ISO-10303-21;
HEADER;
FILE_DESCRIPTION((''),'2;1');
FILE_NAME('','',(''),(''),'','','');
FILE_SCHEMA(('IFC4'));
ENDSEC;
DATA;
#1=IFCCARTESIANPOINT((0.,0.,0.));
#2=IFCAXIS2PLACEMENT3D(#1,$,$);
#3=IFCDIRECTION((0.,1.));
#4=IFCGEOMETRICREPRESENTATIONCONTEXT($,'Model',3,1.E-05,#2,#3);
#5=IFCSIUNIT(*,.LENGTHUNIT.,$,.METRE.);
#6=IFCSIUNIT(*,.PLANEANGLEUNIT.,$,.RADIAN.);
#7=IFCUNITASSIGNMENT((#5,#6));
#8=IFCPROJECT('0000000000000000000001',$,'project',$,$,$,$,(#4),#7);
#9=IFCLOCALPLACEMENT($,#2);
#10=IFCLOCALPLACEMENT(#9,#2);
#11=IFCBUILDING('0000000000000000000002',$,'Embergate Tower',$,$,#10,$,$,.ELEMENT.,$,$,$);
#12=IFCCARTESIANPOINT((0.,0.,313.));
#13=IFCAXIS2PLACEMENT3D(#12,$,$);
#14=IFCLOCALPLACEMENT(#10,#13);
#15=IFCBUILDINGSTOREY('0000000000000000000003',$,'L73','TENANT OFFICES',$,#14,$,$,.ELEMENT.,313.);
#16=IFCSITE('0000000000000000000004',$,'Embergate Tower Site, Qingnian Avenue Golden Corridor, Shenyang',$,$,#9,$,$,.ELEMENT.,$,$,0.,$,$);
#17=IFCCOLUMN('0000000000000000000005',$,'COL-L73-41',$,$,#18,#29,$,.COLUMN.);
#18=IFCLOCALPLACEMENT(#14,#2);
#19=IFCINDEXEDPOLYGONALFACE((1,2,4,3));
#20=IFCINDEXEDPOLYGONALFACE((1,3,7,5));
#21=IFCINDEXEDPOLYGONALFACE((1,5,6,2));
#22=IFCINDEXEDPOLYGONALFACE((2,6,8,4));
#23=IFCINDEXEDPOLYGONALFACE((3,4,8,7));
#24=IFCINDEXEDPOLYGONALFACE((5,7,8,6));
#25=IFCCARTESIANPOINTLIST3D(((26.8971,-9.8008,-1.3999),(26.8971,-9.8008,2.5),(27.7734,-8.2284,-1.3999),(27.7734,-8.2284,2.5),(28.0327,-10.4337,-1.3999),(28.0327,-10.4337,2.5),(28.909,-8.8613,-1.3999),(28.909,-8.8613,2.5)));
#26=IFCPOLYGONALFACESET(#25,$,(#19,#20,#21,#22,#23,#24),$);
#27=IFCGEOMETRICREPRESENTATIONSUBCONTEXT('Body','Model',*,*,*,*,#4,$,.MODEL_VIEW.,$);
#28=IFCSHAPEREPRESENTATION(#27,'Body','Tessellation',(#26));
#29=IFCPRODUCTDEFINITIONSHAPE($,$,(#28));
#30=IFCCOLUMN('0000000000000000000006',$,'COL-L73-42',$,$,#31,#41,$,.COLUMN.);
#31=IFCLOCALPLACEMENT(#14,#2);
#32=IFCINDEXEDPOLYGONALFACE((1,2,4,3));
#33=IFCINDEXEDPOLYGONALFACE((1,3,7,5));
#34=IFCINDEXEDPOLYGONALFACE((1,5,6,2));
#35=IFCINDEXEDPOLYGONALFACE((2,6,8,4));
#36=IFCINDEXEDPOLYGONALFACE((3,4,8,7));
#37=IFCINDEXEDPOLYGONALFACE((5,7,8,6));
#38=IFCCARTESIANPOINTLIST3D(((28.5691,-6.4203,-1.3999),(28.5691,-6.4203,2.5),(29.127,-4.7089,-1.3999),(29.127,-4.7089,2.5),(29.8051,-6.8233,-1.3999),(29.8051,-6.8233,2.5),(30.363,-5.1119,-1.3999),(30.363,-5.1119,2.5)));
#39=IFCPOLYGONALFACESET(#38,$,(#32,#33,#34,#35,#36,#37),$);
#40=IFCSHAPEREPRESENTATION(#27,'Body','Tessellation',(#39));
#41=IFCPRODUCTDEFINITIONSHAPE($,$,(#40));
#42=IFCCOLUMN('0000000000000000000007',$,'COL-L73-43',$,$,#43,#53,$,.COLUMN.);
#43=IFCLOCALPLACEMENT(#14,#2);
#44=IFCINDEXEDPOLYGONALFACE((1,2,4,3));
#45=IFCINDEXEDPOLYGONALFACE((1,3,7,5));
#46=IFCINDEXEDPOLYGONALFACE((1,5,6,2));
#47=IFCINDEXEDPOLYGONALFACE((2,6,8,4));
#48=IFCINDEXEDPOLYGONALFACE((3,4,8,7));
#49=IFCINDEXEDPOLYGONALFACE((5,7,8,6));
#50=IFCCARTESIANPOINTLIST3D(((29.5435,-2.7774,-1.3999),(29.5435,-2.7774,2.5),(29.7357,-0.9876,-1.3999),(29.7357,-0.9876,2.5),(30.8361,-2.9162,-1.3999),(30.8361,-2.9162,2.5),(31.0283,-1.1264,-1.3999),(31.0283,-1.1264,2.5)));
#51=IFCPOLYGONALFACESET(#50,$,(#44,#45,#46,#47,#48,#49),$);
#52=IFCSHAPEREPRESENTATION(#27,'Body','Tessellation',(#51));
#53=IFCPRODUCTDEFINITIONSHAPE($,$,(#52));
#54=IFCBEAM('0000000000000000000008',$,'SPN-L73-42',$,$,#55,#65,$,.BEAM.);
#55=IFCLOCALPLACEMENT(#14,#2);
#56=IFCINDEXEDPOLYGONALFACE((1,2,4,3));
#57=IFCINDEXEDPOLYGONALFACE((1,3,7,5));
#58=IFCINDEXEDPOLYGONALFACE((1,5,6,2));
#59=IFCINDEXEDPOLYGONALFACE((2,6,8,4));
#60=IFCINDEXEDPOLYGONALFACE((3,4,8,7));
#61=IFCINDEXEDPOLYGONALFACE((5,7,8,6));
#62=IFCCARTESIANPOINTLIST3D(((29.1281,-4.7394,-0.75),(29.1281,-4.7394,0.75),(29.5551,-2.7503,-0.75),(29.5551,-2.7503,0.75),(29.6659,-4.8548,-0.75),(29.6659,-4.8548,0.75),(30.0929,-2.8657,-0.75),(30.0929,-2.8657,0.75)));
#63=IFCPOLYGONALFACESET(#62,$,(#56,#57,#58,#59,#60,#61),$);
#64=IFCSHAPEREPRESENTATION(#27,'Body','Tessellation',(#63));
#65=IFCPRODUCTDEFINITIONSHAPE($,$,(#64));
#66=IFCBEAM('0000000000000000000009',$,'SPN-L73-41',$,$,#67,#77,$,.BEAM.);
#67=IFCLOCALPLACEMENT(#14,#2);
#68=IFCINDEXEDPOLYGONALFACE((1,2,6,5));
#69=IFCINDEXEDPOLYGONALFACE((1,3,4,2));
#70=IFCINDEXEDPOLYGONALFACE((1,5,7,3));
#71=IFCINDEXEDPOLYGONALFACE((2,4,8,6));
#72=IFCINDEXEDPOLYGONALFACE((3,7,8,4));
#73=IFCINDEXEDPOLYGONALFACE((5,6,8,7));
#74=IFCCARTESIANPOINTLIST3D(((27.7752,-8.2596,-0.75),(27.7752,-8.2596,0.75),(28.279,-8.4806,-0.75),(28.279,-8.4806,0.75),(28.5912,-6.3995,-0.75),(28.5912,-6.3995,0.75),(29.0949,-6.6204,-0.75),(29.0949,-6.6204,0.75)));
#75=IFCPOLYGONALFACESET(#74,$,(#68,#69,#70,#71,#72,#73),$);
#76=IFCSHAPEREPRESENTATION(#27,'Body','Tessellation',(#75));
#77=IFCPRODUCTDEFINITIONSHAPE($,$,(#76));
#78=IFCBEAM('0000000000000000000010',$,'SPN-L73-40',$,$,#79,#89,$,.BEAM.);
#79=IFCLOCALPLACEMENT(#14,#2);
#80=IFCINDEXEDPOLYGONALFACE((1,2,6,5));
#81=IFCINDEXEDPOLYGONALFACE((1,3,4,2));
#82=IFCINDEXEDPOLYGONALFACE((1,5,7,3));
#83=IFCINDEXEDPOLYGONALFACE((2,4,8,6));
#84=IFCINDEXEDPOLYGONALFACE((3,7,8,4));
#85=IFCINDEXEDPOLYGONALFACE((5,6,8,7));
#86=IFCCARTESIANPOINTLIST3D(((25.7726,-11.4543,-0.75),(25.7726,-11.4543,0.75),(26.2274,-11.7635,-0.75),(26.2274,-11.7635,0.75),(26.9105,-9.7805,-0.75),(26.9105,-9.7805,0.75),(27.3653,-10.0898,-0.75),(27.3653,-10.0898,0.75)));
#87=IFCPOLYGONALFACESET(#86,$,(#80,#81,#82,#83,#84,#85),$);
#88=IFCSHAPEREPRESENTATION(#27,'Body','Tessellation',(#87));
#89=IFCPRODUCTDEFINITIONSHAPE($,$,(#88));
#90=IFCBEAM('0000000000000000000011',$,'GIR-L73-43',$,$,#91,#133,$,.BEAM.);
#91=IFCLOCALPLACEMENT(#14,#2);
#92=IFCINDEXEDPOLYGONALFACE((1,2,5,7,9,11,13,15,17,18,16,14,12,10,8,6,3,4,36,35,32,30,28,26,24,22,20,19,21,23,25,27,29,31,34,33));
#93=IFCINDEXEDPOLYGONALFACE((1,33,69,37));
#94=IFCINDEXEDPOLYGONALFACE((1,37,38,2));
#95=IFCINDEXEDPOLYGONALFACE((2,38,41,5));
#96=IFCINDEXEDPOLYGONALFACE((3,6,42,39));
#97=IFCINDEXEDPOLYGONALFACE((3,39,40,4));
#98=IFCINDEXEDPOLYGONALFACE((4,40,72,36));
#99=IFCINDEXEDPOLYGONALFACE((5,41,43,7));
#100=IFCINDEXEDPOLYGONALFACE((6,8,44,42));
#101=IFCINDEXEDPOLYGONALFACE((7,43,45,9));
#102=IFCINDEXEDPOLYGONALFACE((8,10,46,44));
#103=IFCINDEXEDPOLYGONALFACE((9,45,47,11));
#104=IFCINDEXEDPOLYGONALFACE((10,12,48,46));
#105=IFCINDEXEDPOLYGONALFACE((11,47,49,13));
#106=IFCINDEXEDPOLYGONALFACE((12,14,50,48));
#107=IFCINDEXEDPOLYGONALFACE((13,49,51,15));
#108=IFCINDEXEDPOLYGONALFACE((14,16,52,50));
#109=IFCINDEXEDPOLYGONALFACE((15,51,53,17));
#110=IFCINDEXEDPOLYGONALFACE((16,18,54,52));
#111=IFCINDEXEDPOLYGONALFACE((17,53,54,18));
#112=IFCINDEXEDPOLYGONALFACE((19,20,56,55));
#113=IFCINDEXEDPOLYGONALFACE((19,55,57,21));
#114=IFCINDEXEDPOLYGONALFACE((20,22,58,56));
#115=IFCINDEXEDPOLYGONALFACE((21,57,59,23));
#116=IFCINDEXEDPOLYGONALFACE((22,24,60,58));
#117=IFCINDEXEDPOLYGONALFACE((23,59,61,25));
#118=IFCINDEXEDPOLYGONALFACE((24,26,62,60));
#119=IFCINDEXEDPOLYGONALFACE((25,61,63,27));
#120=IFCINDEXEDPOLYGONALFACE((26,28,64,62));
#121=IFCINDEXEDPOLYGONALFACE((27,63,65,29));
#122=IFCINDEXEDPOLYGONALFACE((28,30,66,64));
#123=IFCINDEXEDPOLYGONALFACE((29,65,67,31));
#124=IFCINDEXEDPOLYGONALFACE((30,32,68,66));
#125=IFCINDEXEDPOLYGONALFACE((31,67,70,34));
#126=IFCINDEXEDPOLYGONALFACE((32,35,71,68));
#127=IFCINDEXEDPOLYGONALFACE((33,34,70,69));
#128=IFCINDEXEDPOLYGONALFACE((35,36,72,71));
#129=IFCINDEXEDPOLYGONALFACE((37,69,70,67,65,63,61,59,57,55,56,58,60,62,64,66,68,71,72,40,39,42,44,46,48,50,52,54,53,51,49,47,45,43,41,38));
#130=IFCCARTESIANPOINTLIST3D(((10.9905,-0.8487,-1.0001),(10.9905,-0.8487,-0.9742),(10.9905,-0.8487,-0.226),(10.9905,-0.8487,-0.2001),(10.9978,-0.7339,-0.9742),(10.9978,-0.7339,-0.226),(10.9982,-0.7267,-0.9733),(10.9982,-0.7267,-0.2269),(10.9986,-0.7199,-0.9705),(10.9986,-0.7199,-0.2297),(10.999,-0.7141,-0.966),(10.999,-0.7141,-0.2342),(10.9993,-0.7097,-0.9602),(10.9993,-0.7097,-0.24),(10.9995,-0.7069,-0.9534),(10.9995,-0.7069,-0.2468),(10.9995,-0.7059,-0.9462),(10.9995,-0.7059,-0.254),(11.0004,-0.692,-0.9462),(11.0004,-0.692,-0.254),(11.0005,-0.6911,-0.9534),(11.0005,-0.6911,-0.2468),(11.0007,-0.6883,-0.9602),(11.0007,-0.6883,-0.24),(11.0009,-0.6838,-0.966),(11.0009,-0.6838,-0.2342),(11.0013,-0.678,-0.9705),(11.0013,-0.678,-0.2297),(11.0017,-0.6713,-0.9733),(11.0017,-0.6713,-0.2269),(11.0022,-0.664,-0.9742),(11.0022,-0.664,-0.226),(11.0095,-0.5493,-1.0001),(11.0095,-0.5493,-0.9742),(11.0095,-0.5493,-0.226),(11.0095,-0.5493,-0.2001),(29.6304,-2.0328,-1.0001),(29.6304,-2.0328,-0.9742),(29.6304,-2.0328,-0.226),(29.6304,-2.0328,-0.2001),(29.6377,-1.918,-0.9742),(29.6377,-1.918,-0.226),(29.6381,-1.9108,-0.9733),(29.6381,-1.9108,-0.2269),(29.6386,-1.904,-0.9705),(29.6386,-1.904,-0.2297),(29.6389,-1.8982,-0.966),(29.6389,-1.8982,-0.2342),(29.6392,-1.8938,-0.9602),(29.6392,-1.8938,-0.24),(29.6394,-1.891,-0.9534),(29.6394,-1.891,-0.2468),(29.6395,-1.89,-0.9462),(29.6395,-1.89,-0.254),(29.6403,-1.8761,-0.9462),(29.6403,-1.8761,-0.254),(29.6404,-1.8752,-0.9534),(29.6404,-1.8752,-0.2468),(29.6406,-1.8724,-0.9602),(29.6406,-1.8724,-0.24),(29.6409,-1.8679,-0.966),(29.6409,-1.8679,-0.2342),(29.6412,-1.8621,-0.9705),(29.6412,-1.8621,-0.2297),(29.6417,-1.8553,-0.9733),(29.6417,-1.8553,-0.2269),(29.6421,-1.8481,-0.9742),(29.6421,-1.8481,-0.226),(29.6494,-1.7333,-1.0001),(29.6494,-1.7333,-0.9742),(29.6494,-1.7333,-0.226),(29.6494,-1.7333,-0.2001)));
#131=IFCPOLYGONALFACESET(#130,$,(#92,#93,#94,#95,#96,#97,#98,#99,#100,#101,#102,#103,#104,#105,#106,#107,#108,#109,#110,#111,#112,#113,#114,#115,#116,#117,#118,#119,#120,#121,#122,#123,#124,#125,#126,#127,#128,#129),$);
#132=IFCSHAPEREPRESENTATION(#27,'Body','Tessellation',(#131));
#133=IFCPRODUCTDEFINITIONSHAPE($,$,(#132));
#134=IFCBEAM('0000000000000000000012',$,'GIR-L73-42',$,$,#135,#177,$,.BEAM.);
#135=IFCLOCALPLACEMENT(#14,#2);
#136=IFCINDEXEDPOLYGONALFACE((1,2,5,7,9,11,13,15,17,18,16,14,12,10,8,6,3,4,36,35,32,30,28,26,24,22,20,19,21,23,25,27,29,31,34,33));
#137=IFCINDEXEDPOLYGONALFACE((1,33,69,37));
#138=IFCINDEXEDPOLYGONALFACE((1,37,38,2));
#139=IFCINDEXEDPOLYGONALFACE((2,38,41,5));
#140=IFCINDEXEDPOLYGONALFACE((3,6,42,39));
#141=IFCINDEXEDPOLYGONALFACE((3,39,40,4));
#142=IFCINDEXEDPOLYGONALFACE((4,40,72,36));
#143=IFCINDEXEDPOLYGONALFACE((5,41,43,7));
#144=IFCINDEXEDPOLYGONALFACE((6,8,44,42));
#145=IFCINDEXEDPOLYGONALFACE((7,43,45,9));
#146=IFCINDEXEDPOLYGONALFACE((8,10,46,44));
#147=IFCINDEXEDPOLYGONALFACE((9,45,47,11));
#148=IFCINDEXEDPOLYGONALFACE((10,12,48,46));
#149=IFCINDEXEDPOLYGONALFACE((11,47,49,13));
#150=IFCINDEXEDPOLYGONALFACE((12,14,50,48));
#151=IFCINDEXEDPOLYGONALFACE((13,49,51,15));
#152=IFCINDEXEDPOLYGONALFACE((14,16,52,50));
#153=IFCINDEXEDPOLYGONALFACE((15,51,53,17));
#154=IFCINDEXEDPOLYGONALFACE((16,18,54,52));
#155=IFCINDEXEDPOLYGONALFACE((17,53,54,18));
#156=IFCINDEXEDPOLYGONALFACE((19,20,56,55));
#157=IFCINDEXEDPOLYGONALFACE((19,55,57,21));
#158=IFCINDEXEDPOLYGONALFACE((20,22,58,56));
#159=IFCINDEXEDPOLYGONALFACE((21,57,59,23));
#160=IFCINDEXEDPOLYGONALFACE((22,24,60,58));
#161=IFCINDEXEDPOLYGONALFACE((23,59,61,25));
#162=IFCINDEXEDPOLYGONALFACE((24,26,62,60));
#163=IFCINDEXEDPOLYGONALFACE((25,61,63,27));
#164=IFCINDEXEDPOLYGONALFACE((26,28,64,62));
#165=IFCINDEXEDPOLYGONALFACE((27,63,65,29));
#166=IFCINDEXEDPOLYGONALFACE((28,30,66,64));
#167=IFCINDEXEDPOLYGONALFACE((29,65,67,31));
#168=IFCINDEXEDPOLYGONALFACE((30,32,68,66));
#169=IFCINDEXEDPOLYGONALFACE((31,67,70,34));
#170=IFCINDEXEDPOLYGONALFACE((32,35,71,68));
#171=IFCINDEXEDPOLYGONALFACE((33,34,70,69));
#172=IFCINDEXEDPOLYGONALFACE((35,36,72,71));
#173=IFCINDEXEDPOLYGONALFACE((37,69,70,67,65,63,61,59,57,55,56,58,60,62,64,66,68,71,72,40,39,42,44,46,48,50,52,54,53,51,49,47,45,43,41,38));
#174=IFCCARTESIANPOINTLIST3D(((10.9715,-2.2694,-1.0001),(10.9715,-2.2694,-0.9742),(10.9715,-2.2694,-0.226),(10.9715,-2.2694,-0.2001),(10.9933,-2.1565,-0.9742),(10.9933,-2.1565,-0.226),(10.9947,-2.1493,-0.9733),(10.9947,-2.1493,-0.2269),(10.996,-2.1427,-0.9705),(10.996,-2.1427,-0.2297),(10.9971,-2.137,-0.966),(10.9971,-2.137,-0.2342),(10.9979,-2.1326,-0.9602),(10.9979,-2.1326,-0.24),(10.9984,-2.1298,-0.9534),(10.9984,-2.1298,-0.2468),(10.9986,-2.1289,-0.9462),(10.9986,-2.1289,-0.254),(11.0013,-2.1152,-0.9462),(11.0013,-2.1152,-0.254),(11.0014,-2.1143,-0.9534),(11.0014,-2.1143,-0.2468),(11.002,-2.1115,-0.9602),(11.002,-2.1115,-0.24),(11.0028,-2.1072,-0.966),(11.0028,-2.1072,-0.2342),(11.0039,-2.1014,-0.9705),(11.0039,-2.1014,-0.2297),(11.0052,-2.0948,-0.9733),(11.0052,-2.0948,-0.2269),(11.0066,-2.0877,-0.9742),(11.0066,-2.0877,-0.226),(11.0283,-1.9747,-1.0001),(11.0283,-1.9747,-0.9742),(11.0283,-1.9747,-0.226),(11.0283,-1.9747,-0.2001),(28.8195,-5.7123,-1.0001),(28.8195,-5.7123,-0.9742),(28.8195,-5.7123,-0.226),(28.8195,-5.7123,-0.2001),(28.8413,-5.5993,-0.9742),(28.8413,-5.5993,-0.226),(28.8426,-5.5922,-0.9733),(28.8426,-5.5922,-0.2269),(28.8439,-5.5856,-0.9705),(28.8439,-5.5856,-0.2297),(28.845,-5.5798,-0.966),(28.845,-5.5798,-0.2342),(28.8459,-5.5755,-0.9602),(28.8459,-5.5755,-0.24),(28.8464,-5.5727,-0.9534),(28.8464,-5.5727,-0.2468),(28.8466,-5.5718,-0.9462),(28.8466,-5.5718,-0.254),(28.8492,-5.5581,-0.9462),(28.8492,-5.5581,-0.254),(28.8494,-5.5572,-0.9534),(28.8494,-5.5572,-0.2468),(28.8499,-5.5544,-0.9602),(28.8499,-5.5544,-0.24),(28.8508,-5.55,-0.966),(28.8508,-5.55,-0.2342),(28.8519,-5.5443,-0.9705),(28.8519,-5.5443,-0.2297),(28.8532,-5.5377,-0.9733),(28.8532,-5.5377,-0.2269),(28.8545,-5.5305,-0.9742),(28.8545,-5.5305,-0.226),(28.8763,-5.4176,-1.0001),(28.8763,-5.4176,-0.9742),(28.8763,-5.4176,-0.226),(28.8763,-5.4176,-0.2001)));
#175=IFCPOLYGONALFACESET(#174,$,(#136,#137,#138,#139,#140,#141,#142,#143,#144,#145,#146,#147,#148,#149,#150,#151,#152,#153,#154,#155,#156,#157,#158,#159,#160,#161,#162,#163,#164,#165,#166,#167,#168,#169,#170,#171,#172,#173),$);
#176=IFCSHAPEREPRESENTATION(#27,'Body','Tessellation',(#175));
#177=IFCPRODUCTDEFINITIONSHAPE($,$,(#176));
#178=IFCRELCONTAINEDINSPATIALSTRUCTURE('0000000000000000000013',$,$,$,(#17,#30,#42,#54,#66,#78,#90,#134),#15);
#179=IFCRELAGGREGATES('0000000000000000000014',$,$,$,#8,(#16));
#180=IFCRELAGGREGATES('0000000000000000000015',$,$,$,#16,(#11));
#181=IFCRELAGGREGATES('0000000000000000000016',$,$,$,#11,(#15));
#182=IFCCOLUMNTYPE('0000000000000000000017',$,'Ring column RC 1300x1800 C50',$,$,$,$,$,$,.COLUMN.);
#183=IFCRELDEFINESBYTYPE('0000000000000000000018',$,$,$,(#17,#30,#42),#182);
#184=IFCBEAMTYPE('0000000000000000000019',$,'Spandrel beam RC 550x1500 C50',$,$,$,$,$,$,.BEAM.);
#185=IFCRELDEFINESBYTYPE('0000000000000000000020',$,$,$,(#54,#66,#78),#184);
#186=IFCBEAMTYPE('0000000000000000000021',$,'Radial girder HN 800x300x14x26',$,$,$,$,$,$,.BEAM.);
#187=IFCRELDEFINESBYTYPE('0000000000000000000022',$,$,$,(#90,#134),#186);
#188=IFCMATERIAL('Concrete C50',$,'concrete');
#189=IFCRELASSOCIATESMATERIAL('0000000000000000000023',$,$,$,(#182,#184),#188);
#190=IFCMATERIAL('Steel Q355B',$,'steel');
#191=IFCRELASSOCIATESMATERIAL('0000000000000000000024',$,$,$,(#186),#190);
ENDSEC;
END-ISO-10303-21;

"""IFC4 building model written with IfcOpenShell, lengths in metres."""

from ifc_helpers import new_model, si_unit, direction, frame, origin, origin_2d, place, context, subcontext, project, spatial, rectangle, i_section, extrude, source, transform, mapped, material, material_profile, profile_set, type_object, element, save


model = new_model("IFC4")

# Units and contexts
model_context = context("Model", 3, precision=1e-05, world=origin(), true_north=direction((0.0, 1.0)))
body_context = subcontext(model_context, "Body", "Model", "MODEL_VIEW")
ifc_project = project(units=[si_unit("LENGTHUNIT", "METRE"), si_unit("PLANEANGLEUNIT", "RADIAN")], contexts=[model_context])

# Site, building, storey
site_placement = place(None, origin())
site = spatial("IfcSite", under=ifc_project, at=site_placement, Name="Embergate Tower Site, Qingnian Avenue Golden Corridor, Shenyang", CompositionType="ELEMENT", RefElevation=0.0)
building_placement = place(site_placement, origin())
building = spatial("IfcBuilding", under=site, at=building_placement, Name="Embergate Tower", CompositionType="ELEMENT")
storey_placement = place(building_placement, frame((0.0, 0.0, 313.0)))
storey = spatial("IfcBuildingStorey", under=building, at=storey_placement, Name="L73", Description="TENANT OFFICES", CompositionType="ELEMENT", Elevation=313.0)

# Columns
ifc_material_1 = material(Name="Concrete C50", Category="concrete")
ifc_material_profile_1 = material_profile(ifc_material_1, rectangle(XDim=1.3, YDim=1.8, at=origin_2d()), Name="RC 1300x1800")
ifc_profile_set_1 = profile_set([ifc_material_profile_1], Name="Concrete C50")
column_type = type_object("IfcColumnType", Name="Ring column RC 1300x1800 C50", PredefinedType="COLUMN", material=ifc_profile_set_1)
shared_shape_1 = source(origin(), body_context, "Body", "SweptSolid", [
    extrude(rectangle(XDim=1.3, YDim=1.8, at=origin_2d()), origin(), (0.0, 0.0, 1.0), 3.8999),
])
for number, where, z_axis, x_axis, name in (
    (1, (27.9031, -9.3311, -1.3999), (0.0, 0.0, 1.0), (0.8735, -0.486823, 0.0), "COL-L73-41"),
    (2, (29.4661, -5.7661, -1.3999), (0.0, 0.0, 1.0), (0.950754, -0.309946, 0.0), "COL-L73-42"),
    (3, (30.2859, -1.9519, -1.3999), (0.0, 0.0, 1.0), (0.994286, -0.10675, 0.0), "COL-L73-43"),
):
    element("IfcColumn", number, at=place(storey_placement, frame(where, z_axis=z_axis, x_axis=x_axis)), inside=storey, type_object=column_type, Name=name, PredefinedType="COLUMN", context=body_context, shape_type="MappedRepresentation", body=[
        mapped(shared_shape_1, transform((0.0, 0.0, 0.0))),
    ])

# Beams
ifc_material_profile_2 = material_profile(ifc_material_1, rectangle(XDim=0.55, YDim=1.5, at=origin_2d()), Name="RC 550x1500")
ifc_profile_set_2 = profile_set([ifc_material_profile_2], Name="Concrete C50")
beam_type_1 = type_object("IfcBeamType", Name="Spandrel beam RC 550x1500 C50", PredefinedType="BEAM", material=ifc_profile_set_2)
shared_shape_2 = source(origin(), body_context, "Body", "SweptSolid", [
    extrude(rectangle(XDim=0.55, YDim=1.5, at=origin_2d()), origin(), (0.0, 0.0, 1.0), 2.0344),
])
beam_1_placement = place(storey_placement, frame((29.397, -4.7971, 0.0), z_axis=(0.209898, 0.977723, 0.0), x_axis=(-0.977723, 0.209898, 0.0)))
element("IfcBeam", 4, at=beam_1_placement, inside=storey, type_object=beam_type_1, Name="SPN-L73-42", PredefinedType="BEAM", context=body_context, shape_type="MappedRepresentation", body=[
    mapped(shared_shape_2, transform((0.0, 0.0, 0.0))),
])
shared_shape_3 = source(origin(), body_context, "Body", "SweptSolid", [
    extrude(rectangle(XDim=0.55, YDim=1.5, at=origin_2d()), origin(), (0.0, 0.0, 1.0), 2.0312),
])
beam_2_placement = place(storey_placement, frame((28.0271, -8.3701, 0.0), z_axis=(0.401695, 0.915773, 0.0), x_axis=(-0.915773, 0.401695, 0.0)))
element("IfcBeam", 5, at=beam_2_placement, inside=storey, type_object=beam_type_1, Name="SPN-L73-41", PredefinedType="BEAM", context=body_context, shape_type="MappedRepresentation", body=[
    mapped(shared_shape_3, transform((0.0, 0.0, 0.0))),
])
shared_shape_4 = source(origin(), body_context, "Body", "SweptSolid", [
    extrude(rectangle(XDim=0.55, YDim=1.5, at=origin_2d()), origin(), (0.0, 0.0, 1.0), 2.0239),
])
beam_3_placement = place(storey_placement, frame((26.0, -11.6089, 0.0), z_axis=(0.562221, 0.826987, 0.0), x_axis=(-0.826987, 0.562221, 0.0)))
element("IfcBeam", 6, at=beam_3_placement, inside=storey, type_object=beam_type_1, Name="SPN-L73-40", PredefinedType="BEAM", context=body_context, shape_type="MappedRepresentation", body=[
    mapped(shared_shape_4, transform((0.0, 0.0, 0.0))),
])
ifc_material_2 = material(Name="Steel Q355B", Category="steel")
ifc_material_profile_3 = material_profile(ifc_material_2, i_section(OverallWidth=0.3, OverallDepth=0.8, WebThickness=0.0139, FlangeThickness=0.0259, FilletRadius=0.0281, at=origin_2d()), Name="HN 800x300x14x26")
ifc_profile_set_3 = profile_set([ifc_material_profile_3], Name="Steel Q355 grade B")
beam_type_2 = type_object("IfcBeamType", Name="Radial girder HN 800x300x14x26", PredefinedType="BEAM", material=ifc_profile_set_3)
shared_shape_5 = source(origin(), body_context, "Body", "SweptSolid", [
    extrude(i_section(OverallWidth=0.3, OverallDepth=0.8, WebThickness=0.0139, FlangeThickness=0.0259, FilletRadius=0.0281, at=origin_2d()), origin(), (0.0, 0.0, 1.0), 18.6775),
])
beam_4_placement = place(storey_placement, frame((29.6399, -1.8831, -0.6001), z_axis=(-0.997988, 0.063396, 0.0), x_axis=(-0.063396, -0.997988, 0.0)))
element("IfcBeam", 7, at=beam_4_placement, inside=storey, type_object=beam_type_2, Name="GIR-L73-43", PredefinedType="BEAM", context=body_context, shape_type="MappedRepresentation", body=[
    mapped(shared_shape_5, transform((0.0, 0.0, 0.0))),
])
shared_shape_6 = source(origin(), body_context, "Body", "SweptSolid", [
    extrude(i_section(OverallWidth=0.3, OverallDepth=0.8, WebThickness=0.0139, FlangeThickness=0.0259, FilletRadius=0.0281, at=origin_2d()), origin(), (0.0, 0.0, 1.0), 18.177),
])
beam_5_placement = place(storey_placement, frame((28.8479, -5.5649, -0.6001), z_axis=(-0.981898, 0.189409, 0.0), x_axis=(-0.189409, -0.981898, 0.0)))
element("IfcBeam", 8, at=beam_5_placement, inside=storey, type_object=beam_type_2, Name="GIR-L73-42", PredefinedType="BEAM", context=body_context, shape_type="MappedRepresentation", body=[
    mapped(shared_shape_6, transform((0.0, 0.0, 0.0))),
])

save(model, "model.ifc")
